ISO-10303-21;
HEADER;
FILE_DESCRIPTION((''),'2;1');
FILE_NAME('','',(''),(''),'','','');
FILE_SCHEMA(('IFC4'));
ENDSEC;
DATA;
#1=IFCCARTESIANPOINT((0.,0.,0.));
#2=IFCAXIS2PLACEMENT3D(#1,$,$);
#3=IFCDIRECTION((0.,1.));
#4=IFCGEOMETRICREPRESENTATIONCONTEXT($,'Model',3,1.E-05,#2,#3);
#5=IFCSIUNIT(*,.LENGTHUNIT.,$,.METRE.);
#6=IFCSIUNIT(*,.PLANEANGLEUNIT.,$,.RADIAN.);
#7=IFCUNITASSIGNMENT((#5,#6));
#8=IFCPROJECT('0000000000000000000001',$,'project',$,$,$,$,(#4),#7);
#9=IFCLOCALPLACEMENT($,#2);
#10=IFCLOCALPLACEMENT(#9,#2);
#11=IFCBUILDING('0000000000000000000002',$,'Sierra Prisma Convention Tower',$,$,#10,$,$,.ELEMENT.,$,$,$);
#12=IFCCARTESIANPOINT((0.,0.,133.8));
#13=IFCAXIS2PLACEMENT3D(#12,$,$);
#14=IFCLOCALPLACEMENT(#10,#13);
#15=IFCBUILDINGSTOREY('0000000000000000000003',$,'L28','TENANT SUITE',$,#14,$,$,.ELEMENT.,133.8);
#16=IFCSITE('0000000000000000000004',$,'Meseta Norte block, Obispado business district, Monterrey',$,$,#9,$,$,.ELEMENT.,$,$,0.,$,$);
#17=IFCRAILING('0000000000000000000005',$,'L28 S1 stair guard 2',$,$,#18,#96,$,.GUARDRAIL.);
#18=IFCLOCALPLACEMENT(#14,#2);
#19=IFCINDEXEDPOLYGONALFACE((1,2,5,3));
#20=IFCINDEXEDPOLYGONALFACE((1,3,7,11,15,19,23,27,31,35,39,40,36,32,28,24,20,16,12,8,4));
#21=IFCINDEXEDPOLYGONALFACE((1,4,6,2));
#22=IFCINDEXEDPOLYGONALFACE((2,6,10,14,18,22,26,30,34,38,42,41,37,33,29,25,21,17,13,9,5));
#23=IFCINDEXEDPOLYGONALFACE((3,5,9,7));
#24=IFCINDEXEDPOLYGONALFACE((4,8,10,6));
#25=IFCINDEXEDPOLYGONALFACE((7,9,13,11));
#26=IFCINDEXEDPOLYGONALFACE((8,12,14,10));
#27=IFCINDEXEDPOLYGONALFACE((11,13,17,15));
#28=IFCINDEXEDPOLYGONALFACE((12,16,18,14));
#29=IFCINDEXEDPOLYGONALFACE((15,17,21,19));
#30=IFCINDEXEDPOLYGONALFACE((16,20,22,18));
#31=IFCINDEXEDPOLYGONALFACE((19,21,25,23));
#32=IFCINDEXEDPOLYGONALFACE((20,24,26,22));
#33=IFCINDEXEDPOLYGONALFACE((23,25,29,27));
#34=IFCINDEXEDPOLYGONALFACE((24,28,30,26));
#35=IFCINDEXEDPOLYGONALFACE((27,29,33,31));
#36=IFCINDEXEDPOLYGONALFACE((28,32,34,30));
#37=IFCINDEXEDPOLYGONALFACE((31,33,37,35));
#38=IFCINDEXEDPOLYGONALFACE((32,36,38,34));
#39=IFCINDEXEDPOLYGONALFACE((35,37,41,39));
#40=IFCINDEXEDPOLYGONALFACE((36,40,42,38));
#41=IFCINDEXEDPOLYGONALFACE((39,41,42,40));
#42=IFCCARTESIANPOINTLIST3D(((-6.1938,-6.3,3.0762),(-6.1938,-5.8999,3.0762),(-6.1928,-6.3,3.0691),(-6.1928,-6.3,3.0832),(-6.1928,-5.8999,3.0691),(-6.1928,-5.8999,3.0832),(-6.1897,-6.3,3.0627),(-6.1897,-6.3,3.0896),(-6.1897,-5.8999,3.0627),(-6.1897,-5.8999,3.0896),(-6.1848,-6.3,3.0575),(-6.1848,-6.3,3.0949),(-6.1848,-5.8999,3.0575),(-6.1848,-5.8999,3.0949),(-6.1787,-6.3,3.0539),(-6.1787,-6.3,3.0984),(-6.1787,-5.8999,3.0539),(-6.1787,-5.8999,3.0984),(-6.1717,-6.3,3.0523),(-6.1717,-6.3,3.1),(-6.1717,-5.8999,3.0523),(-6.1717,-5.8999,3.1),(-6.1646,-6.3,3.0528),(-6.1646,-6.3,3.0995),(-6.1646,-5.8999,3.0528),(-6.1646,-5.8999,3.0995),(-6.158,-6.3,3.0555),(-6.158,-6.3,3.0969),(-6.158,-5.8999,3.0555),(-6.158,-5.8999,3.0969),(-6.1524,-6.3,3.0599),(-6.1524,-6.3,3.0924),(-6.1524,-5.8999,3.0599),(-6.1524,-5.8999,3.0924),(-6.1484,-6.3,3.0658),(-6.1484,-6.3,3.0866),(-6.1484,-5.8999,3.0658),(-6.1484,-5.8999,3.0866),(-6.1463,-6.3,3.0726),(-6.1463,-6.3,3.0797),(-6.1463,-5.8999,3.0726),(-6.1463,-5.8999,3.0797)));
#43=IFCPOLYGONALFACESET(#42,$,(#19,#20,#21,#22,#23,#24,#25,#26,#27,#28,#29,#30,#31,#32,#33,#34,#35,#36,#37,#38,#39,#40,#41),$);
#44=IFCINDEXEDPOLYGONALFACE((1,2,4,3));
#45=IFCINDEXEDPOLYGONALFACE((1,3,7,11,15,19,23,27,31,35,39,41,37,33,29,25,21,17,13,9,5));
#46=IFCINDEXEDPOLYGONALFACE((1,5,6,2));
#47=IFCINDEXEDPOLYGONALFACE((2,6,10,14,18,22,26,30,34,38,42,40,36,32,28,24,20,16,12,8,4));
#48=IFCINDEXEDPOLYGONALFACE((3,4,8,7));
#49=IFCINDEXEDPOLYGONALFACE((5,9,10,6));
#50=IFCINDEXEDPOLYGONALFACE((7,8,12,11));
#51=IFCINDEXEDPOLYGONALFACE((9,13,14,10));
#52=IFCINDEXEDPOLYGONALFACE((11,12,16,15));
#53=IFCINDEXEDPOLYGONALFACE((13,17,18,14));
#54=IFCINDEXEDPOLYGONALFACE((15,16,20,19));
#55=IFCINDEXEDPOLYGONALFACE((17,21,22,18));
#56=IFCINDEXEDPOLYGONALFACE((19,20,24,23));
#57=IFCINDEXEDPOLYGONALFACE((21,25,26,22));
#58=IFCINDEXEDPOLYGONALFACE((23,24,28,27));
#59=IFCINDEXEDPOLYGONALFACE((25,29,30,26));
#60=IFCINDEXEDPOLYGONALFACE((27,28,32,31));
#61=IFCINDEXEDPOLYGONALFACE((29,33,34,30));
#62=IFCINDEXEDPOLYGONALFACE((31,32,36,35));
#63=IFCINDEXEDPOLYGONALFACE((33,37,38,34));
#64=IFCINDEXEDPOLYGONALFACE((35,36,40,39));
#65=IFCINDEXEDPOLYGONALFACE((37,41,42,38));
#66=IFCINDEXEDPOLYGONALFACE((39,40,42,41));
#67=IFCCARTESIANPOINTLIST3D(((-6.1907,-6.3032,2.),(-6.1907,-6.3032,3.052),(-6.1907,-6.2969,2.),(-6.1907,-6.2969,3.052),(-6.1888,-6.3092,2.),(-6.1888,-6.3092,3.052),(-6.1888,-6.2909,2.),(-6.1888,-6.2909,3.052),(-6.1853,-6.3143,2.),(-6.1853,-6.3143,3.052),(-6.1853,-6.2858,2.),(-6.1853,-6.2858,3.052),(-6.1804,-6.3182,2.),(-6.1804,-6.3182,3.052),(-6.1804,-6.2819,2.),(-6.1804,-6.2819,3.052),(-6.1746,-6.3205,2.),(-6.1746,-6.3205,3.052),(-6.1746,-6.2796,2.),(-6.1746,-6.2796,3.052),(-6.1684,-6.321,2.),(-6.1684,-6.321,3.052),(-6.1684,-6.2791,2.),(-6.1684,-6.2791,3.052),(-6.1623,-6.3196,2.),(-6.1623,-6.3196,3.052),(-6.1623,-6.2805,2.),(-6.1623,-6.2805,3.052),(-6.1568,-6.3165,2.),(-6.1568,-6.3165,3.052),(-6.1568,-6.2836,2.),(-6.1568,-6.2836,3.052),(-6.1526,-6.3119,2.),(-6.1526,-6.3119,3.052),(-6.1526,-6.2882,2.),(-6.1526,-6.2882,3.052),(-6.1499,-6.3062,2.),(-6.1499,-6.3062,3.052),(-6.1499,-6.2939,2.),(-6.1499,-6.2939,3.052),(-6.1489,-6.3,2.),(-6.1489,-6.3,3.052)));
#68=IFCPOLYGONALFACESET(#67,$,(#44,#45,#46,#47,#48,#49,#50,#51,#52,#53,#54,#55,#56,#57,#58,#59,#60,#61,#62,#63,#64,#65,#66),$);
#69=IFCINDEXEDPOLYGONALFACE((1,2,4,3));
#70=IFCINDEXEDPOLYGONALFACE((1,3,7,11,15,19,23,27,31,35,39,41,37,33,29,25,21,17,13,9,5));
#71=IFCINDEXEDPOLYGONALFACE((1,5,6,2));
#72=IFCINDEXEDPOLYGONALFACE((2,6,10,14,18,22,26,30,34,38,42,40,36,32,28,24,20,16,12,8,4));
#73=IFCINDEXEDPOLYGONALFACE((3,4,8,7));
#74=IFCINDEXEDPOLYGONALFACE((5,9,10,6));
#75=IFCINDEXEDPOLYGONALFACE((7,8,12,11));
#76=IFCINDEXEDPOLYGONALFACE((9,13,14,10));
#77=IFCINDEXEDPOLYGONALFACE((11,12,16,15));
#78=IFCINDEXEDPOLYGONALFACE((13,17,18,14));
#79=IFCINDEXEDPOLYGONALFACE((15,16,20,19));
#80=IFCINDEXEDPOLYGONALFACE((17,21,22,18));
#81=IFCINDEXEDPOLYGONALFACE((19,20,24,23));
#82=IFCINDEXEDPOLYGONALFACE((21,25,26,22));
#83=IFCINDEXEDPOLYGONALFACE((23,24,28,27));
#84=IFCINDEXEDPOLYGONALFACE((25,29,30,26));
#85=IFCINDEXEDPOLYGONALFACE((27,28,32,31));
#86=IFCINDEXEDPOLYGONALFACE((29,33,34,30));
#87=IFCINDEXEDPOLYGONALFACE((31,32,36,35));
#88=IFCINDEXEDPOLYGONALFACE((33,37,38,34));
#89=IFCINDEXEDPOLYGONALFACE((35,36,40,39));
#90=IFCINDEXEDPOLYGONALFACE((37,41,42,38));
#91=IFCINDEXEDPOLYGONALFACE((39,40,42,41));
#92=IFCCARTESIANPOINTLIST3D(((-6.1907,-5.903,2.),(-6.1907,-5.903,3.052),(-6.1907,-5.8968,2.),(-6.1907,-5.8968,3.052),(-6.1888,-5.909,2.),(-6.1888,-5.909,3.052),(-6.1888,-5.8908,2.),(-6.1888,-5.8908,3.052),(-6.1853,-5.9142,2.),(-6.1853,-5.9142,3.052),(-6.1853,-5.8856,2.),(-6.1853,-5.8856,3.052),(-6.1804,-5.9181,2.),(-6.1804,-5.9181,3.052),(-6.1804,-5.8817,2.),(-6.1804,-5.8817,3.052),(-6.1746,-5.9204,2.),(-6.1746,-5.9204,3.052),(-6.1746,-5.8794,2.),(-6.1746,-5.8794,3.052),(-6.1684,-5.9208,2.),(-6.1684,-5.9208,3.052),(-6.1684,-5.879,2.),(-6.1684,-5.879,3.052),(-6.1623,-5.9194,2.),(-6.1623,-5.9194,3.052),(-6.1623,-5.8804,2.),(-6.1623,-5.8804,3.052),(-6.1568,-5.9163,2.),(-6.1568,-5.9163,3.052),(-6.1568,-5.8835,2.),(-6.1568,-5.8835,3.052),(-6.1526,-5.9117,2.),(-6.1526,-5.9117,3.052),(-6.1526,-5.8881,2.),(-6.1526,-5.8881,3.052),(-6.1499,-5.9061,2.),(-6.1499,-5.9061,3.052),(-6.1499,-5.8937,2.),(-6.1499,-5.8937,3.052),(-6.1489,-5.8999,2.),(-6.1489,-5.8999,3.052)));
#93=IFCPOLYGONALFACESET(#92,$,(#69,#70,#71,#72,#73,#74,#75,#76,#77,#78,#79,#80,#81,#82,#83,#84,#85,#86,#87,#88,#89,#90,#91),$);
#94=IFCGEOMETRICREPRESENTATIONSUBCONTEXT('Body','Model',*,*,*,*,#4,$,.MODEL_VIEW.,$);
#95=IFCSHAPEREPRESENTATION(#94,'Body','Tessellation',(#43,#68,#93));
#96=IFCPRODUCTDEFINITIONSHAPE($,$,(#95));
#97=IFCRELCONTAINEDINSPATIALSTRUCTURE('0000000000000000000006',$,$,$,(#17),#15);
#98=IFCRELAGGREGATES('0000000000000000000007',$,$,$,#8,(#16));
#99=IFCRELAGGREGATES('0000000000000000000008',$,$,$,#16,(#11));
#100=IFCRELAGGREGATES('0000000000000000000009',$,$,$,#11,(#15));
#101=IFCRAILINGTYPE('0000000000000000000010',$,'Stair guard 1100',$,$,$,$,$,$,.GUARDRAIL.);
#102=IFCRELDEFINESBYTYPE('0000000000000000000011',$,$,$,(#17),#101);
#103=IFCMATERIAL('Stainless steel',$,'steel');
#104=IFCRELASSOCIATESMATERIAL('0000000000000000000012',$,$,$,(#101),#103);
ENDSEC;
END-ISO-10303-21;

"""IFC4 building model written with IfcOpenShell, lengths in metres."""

from ifc_helpers import new_model, si_unit, direction, frame, origin, origin_2d, place, context, subcontext, project, spatial, circle, extrude, material, type_object, element, save


model = new_model("IFC4")

# Units and contexts
model_context = context("Model", 3, precision=1e-05, world=origin(), true_north=direction((0.0, 1.0)))
body_context = subcontext(model_context, "Body", "Model", "MODEL_VIEW")
ifc_project = project(units=[si_unit("LENGTHUNIT", "METRE"), si_unit("PLANEANGLEUNIT", "RADIAN")], contexts=[model_context])

# Site, building, storey
site_placement = place(None, origin())
site = spatial("IfcSite", under=ifc_project, at=site_placement, Name="Meseta Norte block, Obispado business district, Monterrey", CompositionType="ELEMENT", RefElevation=0.0)
building_placement = place(site_placement, origin())
building = spatial("IfcBuilding", under=site, at=building_placement, Name="Sierra Prisma Convention Tower", CompositionType="ELEMENT")
storey_placement = place(building_placement, frame((0.0, 0.0, 133.8)))
storey = spatial("IfcBuildingStorey", under=building, at=storey_placement, Name="L28", Description="TENANT SUITE", CompositionType="ELEMENT", Elevation=133.8)

# Railing
ifc_material_1 = material(Name="Stainless steel", Category="steel")
railing_type_1 = type_object("IfcRailingType", Name="Stair guard 1100", PredefinedType="GUARDRAIL", material=ifc_material_1)
railing_1_placement = place(storey_placement, frame((-6.1699, -6.3, 2.0)))
element("IfcRailing", 1, at=railing_1_placement, inside=storey, type_object=railing_type_1, Name="L28 S1 stair guard 2", PredefinedType="GUARDRAIL", context=body_context, shape_type="SweptSolid", body=[
    extrude(circle(Radius=0.0239, at=origin_2d()), frame((0.0, 0.0, 1.0762), z_axis=(0.0, 1.0, 0.0), x_axis=(-1.0, 0.0, 0.0)), (0.0, 0.0, 1.0), 0.4001),
    extrude(circle(Radius=0.021, at=origin_2d()), origin(), (0.0, 0.0, 1.0), 1.052),
    extrude(circle(Radius=0.021, at=origin_2d()), frame((0.0, 0.4001, 0.0)), (0.0, 0.0, 1.0), 1.052),
])

save(model, "model.ifc")
